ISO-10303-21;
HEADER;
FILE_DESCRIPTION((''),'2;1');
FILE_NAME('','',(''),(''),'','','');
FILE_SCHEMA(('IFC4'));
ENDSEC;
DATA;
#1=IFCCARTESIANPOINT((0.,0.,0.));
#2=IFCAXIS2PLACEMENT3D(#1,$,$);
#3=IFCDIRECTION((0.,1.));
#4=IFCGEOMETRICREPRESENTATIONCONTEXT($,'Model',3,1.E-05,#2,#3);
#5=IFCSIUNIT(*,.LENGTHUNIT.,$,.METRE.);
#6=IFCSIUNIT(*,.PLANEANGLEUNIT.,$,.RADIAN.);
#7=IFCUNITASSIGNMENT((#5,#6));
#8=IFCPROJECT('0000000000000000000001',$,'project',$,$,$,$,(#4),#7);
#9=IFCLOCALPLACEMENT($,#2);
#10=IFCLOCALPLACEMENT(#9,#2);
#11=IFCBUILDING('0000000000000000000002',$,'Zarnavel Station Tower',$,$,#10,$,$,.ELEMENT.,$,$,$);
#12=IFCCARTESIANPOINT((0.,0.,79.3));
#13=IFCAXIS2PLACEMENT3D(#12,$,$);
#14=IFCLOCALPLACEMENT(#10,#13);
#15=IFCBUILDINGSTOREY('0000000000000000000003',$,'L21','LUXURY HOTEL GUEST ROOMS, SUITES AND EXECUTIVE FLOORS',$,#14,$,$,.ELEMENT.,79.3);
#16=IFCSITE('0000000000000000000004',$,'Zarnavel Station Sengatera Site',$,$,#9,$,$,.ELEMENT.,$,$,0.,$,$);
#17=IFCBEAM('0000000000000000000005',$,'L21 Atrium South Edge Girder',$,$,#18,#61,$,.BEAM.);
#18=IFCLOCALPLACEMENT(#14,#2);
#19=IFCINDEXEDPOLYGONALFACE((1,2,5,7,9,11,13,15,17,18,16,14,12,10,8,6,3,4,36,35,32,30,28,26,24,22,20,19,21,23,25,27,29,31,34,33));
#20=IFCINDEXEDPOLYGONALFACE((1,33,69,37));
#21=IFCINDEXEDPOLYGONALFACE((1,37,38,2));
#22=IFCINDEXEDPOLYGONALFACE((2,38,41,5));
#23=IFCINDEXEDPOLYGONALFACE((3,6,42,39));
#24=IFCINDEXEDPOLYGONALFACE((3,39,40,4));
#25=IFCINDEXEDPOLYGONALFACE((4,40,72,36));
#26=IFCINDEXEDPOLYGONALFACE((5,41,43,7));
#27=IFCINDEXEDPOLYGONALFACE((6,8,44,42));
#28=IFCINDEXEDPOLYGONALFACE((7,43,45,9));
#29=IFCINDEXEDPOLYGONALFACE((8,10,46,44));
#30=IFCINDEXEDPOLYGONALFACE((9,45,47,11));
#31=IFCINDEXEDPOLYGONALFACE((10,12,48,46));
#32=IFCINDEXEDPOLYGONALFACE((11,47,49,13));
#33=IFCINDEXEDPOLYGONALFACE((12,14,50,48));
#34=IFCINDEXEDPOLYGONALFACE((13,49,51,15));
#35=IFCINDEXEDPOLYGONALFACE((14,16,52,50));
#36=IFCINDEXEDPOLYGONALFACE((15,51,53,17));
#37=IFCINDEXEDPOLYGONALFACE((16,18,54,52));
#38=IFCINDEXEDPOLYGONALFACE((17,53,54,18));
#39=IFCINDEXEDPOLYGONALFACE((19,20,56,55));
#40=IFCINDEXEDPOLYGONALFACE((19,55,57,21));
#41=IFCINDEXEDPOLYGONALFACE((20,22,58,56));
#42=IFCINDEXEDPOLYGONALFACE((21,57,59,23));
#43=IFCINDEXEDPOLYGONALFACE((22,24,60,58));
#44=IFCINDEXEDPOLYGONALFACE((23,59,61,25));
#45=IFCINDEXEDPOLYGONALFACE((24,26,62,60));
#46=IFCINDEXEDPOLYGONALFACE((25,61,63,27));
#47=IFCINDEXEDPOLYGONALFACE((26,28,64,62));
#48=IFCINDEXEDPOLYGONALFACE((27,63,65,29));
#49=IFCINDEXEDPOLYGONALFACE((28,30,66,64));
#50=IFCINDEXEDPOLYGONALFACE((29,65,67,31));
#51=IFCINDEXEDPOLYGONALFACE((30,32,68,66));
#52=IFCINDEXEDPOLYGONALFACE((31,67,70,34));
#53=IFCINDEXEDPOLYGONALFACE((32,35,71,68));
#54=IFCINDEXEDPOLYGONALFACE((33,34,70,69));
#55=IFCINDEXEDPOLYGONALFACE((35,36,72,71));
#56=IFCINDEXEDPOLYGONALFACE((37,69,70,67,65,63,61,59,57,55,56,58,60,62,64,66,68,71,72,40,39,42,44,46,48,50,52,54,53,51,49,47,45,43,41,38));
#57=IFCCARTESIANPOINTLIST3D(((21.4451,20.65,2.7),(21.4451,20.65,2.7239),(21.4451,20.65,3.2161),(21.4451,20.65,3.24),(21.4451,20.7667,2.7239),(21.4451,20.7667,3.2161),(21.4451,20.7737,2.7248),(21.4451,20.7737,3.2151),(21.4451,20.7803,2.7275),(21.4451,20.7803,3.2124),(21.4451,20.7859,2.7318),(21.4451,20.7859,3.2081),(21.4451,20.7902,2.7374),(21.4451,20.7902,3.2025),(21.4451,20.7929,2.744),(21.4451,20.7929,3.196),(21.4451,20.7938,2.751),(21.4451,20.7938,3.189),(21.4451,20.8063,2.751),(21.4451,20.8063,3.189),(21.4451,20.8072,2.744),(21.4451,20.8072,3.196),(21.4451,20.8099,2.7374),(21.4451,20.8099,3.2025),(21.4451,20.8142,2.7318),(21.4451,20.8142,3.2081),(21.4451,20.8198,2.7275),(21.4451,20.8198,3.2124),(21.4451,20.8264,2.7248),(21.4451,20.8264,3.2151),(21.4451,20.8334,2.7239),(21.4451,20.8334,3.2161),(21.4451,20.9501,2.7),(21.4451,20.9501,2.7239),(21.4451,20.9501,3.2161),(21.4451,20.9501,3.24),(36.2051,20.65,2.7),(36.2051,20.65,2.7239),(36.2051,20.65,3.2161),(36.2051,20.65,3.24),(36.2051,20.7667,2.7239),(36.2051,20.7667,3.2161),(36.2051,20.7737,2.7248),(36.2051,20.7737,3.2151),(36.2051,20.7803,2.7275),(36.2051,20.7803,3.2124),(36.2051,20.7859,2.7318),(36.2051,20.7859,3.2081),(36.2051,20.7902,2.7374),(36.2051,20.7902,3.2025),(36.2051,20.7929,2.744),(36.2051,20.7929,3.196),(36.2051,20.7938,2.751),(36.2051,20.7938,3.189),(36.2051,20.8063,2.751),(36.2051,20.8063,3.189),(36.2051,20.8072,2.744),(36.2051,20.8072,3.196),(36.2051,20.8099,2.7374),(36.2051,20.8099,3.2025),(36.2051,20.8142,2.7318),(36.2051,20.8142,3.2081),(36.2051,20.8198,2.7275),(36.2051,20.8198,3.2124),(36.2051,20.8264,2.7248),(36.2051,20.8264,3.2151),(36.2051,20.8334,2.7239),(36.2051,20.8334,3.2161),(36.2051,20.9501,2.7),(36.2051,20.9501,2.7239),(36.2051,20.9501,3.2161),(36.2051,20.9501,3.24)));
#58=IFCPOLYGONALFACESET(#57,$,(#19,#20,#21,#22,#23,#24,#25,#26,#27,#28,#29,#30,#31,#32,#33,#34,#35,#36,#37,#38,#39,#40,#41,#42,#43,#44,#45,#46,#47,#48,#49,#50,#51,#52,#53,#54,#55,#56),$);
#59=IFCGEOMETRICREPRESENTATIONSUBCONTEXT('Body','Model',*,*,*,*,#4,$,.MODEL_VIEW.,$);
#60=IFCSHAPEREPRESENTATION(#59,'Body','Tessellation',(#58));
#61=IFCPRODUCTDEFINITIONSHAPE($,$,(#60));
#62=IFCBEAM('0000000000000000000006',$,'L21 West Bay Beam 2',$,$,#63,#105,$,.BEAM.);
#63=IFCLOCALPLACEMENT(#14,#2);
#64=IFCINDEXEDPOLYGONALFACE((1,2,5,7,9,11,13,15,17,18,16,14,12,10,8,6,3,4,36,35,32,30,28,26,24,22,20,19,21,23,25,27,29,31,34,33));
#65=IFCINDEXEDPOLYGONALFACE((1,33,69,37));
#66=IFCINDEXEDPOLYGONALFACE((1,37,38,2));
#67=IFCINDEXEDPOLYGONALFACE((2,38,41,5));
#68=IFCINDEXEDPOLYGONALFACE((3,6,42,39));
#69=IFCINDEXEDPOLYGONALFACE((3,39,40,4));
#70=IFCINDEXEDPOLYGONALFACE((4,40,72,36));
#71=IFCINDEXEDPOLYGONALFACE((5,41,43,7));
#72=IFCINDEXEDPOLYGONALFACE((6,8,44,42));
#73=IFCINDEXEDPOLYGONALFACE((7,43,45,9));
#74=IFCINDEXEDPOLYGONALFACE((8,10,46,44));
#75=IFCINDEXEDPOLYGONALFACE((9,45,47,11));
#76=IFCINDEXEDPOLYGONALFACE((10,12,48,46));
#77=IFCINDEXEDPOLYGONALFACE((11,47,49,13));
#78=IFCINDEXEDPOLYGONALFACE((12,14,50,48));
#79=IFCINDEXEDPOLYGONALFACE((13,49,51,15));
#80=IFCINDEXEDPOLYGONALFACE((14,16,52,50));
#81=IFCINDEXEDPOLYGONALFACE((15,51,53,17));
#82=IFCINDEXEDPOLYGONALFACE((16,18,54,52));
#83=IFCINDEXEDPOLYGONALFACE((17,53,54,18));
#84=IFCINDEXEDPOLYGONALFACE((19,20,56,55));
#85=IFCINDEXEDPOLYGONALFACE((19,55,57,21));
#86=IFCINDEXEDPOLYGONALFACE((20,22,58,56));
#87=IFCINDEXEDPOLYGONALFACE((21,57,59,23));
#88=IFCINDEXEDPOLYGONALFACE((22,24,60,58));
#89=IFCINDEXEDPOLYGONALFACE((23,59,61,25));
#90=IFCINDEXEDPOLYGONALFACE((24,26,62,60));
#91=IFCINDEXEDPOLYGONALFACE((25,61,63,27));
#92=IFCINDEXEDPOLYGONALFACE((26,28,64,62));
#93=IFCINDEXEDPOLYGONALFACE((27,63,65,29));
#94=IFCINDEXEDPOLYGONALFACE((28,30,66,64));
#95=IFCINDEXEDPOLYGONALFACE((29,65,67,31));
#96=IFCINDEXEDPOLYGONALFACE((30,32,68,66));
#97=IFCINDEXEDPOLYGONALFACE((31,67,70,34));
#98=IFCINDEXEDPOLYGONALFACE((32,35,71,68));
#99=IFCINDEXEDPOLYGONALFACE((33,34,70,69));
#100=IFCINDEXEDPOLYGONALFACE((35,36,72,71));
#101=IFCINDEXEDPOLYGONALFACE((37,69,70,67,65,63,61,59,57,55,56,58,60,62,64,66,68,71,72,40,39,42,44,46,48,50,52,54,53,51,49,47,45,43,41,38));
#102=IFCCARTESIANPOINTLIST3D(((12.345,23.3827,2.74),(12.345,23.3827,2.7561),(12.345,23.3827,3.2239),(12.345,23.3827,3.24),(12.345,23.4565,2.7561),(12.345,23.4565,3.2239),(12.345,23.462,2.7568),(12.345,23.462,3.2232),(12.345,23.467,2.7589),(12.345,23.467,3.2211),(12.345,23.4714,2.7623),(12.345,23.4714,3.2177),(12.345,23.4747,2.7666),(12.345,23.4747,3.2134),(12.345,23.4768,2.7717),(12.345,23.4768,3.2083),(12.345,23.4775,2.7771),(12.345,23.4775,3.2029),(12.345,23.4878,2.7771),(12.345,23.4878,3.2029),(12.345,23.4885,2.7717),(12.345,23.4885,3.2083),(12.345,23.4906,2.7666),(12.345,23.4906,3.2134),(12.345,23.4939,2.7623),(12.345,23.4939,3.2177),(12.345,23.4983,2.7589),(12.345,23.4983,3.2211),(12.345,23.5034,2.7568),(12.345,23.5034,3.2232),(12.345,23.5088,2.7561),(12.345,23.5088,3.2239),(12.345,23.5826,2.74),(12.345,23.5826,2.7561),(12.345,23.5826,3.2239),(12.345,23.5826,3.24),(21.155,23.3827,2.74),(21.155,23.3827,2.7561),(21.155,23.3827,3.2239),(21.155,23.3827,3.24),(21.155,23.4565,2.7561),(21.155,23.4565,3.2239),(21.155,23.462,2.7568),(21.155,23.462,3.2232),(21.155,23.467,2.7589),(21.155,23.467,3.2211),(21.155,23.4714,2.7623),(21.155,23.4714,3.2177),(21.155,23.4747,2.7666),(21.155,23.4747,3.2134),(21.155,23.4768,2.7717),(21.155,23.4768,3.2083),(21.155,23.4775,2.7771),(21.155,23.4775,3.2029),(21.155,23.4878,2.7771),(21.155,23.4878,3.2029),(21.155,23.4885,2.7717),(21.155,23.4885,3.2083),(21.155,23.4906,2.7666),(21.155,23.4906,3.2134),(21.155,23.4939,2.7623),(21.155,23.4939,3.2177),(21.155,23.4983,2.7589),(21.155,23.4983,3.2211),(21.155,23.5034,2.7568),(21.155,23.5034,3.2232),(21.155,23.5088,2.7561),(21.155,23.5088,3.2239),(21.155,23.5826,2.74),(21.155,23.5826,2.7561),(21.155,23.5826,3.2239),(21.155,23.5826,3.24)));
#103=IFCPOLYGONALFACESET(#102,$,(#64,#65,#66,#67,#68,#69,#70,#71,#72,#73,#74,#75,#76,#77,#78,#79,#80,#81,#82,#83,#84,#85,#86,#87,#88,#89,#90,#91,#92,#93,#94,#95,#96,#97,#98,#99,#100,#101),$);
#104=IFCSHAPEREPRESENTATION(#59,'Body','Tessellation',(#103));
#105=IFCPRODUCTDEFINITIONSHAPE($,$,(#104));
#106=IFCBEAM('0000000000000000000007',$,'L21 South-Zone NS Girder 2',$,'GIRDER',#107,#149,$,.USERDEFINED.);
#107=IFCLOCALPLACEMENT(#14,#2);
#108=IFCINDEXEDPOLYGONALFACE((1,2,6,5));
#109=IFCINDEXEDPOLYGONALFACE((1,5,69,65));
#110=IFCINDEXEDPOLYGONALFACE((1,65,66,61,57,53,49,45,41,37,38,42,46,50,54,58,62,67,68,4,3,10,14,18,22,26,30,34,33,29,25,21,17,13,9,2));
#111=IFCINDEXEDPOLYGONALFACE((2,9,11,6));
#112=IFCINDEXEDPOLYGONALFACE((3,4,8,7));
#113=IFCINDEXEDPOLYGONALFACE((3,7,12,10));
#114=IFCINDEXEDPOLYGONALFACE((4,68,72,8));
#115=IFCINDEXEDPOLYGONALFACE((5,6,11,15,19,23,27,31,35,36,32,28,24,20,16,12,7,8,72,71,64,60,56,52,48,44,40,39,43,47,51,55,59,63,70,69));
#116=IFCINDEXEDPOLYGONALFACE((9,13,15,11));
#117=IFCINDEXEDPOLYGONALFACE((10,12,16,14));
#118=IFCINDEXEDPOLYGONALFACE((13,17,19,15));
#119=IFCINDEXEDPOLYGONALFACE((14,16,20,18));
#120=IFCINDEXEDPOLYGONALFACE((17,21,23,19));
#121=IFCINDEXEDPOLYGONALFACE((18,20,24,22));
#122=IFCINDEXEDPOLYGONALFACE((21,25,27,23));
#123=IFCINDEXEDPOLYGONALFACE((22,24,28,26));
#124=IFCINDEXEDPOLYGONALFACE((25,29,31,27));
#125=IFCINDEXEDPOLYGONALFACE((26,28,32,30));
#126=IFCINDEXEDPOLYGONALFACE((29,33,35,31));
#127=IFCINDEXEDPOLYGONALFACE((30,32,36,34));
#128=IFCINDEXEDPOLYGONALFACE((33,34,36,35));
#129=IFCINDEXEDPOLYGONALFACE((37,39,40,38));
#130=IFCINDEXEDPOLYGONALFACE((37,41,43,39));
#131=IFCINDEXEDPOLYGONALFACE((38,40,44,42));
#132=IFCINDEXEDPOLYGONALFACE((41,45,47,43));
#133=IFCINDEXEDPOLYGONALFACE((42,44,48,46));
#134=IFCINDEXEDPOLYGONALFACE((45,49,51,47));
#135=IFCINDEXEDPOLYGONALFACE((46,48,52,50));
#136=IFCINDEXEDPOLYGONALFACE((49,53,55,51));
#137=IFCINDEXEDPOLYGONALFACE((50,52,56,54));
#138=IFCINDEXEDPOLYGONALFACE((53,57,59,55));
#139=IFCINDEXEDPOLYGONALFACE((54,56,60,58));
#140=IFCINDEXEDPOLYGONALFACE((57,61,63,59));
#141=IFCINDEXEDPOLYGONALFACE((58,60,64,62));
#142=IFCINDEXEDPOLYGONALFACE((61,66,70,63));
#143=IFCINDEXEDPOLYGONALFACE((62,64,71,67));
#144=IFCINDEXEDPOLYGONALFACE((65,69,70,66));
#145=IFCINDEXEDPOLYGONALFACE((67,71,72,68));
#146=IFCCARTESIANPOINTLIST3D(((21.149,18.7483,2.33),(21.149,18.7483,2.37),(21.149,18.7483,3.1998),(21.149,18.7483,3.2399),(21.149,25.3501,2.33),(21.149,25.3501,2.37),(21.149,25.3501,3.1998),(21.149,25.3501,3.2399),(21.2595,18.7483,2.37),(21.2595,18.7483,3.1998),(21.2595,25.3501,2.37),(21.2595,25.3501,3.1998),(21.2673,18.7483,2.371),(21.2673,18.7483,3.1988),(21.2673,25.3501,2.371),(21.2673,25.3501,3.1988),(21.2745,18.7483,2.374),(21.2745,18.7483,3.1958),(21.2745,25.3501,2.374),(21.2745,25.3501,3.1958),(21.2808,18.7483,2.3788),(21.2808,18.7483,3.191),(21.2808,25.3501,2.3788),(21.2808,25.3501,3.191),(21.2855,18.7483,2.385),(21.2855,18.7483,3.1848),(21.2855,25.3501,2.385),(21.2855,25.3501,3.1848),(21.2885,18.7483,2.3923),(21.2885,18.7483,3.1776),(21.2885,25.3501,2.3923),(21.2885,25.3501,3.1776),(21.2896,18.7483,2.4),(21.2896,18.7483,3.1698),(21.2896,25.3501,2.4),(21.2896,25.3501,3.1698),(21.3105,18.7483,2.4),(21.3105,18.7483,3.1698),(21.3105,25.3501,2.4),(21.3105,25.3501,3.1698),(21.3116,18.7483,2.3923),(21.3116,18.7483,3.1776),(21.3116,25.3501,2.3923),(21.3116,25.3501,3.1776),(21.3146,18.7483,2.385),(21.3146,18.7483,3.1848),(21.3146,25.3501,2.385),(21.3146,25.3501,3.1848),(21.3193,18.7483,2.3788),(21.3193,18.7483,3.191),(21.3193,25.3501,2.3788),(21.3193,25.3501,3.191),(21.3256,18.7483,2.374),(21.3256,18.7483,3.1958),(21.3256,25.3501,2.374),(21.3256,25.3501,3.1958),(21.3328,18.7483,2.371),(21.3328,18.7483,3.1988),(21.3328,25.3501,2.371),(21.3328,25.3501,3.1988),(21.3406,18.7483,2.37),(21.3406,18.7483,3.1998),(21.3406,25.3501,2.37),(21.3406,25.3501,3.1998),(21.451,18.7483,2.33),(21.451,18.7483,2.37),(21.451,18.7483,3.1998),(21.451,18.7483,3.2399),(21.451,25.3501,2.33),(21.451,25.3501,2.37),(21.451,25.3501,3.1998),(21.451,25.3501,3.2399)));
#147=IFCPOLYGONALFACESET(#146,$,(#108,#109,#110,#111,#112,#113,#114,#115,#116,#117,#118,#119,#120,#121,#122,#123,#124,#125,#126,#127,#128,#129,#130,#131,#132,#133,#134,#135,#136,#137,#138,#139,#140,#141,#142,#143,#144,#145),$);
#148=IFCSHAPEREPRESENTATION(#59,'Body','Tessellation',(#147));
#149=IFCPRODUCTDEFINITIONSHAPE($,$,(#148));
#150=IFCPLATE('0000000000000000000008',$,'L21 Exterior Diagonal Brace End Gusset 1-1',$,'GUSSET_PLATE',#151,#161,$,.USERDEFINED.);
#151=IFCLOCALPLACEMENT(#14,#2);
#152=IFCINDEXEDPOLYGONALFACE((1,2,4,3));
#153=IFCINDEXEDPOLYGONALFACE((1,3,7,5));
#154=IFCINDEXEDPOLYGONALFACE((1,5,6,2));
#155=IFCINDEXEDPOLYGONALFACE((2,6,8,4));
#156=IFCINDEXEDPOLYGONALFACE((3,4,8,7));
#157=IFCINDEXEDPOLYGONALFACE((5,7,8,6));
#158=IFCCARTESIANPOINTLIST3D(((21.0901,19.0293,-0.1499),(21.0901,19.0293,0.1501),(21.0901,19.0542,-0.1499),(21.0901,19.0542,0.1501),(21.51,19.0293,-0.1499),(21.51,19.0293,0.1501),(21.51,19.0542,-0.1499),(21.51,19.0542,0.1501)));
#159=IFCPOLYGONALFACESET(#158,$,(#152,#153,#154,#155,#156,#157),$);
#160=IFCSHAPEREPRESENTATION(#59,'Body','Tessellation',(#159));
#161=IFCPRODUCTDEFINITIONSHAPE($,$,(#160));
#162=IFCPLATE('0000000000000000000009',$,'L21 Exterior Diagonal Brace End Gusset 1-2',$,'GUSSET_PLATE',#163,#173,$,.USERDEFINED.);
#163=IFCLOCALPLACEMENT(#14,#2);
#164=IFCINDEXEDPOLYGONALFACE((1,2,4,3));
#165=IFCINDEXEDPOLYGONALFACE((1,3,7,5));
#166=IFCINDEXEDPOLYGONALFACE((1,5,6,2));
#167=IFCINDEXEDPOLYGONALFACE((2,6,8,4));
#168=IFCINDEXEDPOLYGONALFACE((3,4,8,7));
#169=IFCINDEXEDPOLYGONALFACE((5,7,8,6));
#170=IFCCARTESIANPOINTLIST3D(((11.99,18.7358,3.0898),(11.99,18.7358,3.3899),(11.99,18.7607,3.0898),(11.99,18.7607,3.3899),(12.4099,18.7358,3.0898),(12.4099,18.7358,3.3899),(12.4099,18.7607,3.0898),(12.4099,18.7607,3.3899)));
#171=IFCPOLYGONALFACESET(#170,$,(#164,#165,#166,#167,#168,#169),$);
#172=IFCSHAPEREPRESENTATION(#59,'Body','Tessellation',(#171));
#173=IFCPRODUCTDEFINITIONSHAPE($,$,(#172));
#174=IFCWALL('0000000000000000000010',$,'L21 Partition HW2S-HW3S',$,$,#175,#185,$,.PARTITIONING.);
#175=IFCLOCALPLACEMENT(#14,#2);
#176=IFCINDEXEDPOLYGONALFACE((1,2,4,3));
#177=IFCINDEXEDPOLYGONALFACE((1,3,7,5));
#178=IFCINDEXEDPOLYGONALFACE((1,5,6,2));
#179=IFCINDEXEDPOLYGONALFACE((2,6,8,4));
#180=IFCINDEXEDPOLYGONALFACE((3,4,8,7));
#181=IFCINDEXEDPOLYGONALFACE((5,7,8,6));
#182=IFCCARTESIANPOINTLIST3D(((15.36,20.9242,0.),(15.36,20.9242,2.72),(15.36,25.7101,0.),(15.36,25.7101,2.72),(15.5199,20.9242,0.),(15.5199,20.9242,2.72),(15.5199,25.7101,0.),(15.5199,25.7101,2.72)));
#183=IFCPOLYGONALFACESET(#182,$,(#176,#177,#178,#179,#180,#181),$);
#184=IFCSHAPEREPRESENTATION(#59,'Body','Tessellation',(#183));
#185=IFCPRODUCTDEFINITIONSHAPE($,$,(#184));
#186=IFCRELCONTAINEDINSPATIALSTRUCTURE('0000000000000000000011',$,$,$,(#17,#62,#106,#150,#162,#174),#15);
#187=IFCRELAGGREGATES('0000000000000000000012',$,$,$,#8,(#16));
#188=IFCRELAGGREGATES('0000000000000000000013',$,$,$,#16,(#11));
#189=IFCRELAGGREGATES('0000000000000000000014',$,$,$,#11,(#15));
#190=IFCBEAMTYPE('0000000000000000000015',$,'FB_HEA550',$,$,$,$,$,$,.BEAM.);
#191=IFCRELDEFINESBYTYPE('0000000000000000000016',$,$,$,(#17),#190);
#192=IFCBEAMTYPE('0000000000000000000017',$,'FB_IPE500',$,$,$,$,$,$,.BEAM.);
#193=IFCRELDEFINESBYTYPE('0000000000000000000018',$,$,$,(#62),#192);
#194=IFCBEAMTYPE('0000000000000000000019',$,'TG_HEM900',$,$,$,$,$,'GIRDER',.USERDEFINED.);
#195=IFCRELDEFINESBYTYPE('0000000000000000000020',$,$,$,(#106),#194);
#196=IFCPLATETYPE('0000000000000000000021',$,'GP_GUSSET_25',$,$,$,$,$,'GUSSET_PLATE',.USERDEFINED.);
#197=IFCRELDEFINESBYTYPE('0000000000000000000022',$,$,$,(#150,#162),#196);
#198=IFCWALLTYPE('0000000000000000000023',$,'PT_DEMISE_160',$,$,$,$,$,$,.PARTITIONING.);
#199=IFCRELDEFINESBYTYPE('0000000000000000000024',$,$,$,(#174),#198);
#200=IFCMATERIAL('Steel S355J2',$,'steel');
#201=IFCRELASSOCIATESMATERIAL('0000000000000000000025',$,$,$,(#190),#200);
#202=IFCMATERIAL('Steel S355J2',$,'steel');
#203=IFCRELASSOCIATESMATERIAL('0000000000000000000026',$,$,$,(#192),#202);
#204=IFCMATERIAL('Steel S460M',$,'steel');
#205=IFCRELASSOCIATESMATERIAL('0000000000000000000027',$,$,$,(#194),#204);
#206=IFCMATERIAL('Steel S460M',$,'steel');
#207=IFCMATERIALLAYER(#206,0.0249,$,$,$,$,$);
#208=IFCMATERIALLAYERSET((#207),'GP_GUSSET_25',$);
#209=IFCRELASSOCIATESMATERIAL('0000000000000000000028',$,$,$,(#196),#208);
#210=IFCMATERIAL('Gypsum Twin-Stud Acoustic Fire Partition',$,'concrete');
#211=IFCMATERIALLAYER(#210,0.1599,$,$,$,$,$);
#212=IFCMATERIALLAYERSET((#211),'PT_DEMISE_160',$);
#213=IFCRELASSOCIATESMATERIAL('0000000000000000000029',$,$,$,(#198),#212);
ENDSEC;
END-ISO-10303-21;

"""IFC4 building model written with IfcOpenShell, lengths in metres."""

from ifc_helpers import new_model, si_unit, direction, frame, frame_2d, origin, origin_2d, place, context, subcontext, project, spatial, rectangle, i_section, extrude, material, layer, layer_set, material_profile, profile_set, type_object, element, save


model = new_model("IFC4")

# Units and contexts
model_context = context("Model", 3, precision=1e-05, world=origin(), true_north=direction((0.0, 1.0)))
body_context = subcontext(model_context, "Body", "Model", "MODEL_VIEW")
ifc_project = project(units=[si_unit("LENGTHUNIT", "METRE"), si_unit("PLANEANGLEUNIT", "RADIAN")], contexts=[model_context])

# Site, building, storey
site_placement = place(None, origin())
site = spatial("IfcSite", under=ifc_project, at=site_placement, Name="Zarnavel Station Sengatera Site", CompositionType="ELEMENT", RefElevation=0.0)
building_placement = place(site_placement, origin())
building = spatial("IfcBuilding", under=site, at=building_placement, Name="Zarnavel Station Tower", CompositionType="ELEMENT")
storey_placement = place(building_placement, frame((0.0, 0.0, 79.3)))
storey = spatial("IfcBuildingStorey", under=building, at=storey_placement, Name="L21", Description="LUXURY HOTEL GUEST ROOMS, SUITES AND EXECUTIVE FLOORS", CompositionType="ELEMENT", Elevation=79.3)

# Beams
ifc_material_1 = material(Name="Steel S355J2", Category="steel")
ifc_material_profile_1 = material_profile(ifc_material_1, i_section(OverallWidth=0.3, OverallDepth=0.54, WebThickness=0.0125, FlangeThickness=0.0239, FilletRadius=0.0271, at=origin_2d()), Name="HEA550")
ifc_profile_set_1 = profile_set([ifc_material_profile_1], Name="Steel S355J2")
beam_type_1 = type_object("IfcBeamType", Name="FB_HEA550", PredefinedType="BEAM", material=ifc_profile_set_1)
beam_1_placement = place(storey_placement, frame((21.4451, 20.8, 2.97), z_axis=(1.0, 0.0, 0.0), x_axis=(0.0, 1.0, 0.0)))
element("IfcBeam", 1, at=beam_1_placement, inside=storey, type_object=beam_type_1, Name="L21 Atrium South Edge Girder", PredefinedType="BEAM", context=body_context, shape_type="SweptSolid", body=[
    extrude(i_section(OverallWidth=0.3, OverallDepth=0.54, WebThickness=0.0125, FlangeThickness=0.0239, FilletRadius=0.0271, at=origin_2d()), origin(), (0.0, 0.0, 1.0), 14.76),
])
ifc_material_2 = material(Name="Steel S355J2", Category="steel")
ifc_material_profile_2 = material_profile(ifc_material_2, i_section(OverallWidth=0.2, OverallDepth=0.5, WebThickness=0.0103, FlangeThickness=0.0161, FilletRadius=0.021, at=origin_2d()), Name="IPE500")
ifc_profile_set_2 = profile_set([ifc_material_profile_2], Name="Steel S355J2")
beam_type_2 = type_object("IfcBeamType", Name="FB_IPE500", PredefinedType="BEAM", material=ifc_profile_set_2)
beam_2_placement = place(storey_placement, frame((12.345, 23.4827, 2.99), z_axis=(1.0, 0.0, 0.0), x_axis=(0.0, 1.0, 0.0)))
element("IfcBeam", 2, at=beam_2_placement, inside=storey, type_object=beam_type_2, Name="L21 West Bay Beam 2", PredefinedType="BEAM", context=body_context, shape_type="SweptSolid", body=[
    extrude(i_section(OverallWidth=0.2, OverallDepth=0.5, WebThickness=0.0103, FlangeThickness=0.0161, FilletRadius=0.021, at=origin_2d()), origin(), (0.0, 0.0, 1.0), 8.8101),
])
ifc_material_3 = material(Name="Steel S460M", Category="steel")
ifc_material_profile_3 = material_profile(ifc_material_3, i_section(OverallWidth=0.302, OverallDepth=0.9099, WebThickness=0.021, FlangeThickness=0.04, FilletRadius=0.03, at=origin_2d()), Name="HEM900")
ifc_profile_set_3 = profile_set([ifc_material_profile_3], Name="Steel S460M")
beam_type_3 = type_object("IfcBeamType", Name="TG_HEM900", ElementType="GIRDER", PredefinedType="USERDEFINED", material=ifc_profile_set_3)
beam_3_placement = place(storey_placement, frame((21.3, 18.7483, 2.7849), z_axis=(0.0, 1.0, 0.0), x_axis=(-1.0, 0.0, 0.0)))
element("IfcBeam", 3, at=beam_3_placement, inside=storey, type_object=beam_type_3, Name="L21 South-Zone NS Girder 2", ObjectType="GIRDER", PredefinedType="USERDEFINED", context=body_context, shape_type="SweptSolid", body=[
    extrude(i_section(OverallWidth=0.302, OverallDepth=0.9099, WebThickness=0.021, FlangeThickness=0.04, FilletRadius=0.03, at=origin_2d()), origin(), (0.0, 0.0, 1.0), 6.6018),
])

# Plates
ifc_material_4 = material(Name="Steel S460M", Category="steel")
ifc_layer_1 = layer(ifc_material_4, 0.0249)
ifc_layer_set_1 = layer_set([ifc_layer_1], Name="GP_GUSSET_25")
plate_type = type_object("IfcPlateType", Name="GP_GUSSET_25", ElementType="GUSSET_PLATE", PredefinedType="USERDEFINED", material=ifc_layer_set_1)
for number, where, z_axis, x_axis, name in (
    (4, (21.3, 19.0417, -0.1499), (0.0, 0.0, 1.0), (1.0, 0.0, 0.0), "L21 Exterior Diagonal Brace End Gusset 1-1"),
    (5, (12.2, 18.7483, 3.0898), (0.0, 0.0, 1.0), (1.0, 0.0, 0.0), "L21 Exterior Diagonal Brace End Gusset 1-2"),
):
    element("IfcPlate", number, at=place(storey_placement, frame(where, z_axis=z_axis, x_axis=x_axis)), inside=storey, type_object=plate_type, Name=name, ObjectType="GUSSET_PLATE", PredefinedType="USERDEFINED", context=body_context, shape_type="SweptSolid", body=[
        extrude(rectangle(XDim=0.4199, YDim=0.0249, at=origin_2d()), origin(), (0.0, 0.0, 1.0), 0.3),
    ])

# Wall
ifc_material_5 = material(Name="Gypsum Twin-Stud Acoustic Fire Partition", Category="concrete")
ifc_layer_2 = layer(ifc_material_5, 0.1599)
ifc_layer_set_2 = layer_set([ifc_layer_2], Name="PT_DEMISE_160")
wall_type_1 = type_object("IfcWallType", Name="PT_DEMISE_160", PredefinedType="PARTITIONING", material=ifc_layer_set_2)
wall_1_placement = place(storey_placement, frame((15.4399, 20.9241, 0.0), z_axis=(0.0, 0.0, 1.0), x_axis=(0.0, 1.0, 0.0)))
element("IfcWall", 6, at=wall_1_placement, inside=storey, type_object=wall_type_1, Name="L21 Partition HW2S-HW3S", PredefinedType="PARTITIONING", context=body_context, shape_type="SweptSolid", body=[
    extrude(rectangle(XDim=4.7859, YDim=0.1599, at=frame_2d((2.3931, 0.0))), origin(), (0.0, 0.0, 1.0), 2.72),
])

save(model, "model.ifc")
